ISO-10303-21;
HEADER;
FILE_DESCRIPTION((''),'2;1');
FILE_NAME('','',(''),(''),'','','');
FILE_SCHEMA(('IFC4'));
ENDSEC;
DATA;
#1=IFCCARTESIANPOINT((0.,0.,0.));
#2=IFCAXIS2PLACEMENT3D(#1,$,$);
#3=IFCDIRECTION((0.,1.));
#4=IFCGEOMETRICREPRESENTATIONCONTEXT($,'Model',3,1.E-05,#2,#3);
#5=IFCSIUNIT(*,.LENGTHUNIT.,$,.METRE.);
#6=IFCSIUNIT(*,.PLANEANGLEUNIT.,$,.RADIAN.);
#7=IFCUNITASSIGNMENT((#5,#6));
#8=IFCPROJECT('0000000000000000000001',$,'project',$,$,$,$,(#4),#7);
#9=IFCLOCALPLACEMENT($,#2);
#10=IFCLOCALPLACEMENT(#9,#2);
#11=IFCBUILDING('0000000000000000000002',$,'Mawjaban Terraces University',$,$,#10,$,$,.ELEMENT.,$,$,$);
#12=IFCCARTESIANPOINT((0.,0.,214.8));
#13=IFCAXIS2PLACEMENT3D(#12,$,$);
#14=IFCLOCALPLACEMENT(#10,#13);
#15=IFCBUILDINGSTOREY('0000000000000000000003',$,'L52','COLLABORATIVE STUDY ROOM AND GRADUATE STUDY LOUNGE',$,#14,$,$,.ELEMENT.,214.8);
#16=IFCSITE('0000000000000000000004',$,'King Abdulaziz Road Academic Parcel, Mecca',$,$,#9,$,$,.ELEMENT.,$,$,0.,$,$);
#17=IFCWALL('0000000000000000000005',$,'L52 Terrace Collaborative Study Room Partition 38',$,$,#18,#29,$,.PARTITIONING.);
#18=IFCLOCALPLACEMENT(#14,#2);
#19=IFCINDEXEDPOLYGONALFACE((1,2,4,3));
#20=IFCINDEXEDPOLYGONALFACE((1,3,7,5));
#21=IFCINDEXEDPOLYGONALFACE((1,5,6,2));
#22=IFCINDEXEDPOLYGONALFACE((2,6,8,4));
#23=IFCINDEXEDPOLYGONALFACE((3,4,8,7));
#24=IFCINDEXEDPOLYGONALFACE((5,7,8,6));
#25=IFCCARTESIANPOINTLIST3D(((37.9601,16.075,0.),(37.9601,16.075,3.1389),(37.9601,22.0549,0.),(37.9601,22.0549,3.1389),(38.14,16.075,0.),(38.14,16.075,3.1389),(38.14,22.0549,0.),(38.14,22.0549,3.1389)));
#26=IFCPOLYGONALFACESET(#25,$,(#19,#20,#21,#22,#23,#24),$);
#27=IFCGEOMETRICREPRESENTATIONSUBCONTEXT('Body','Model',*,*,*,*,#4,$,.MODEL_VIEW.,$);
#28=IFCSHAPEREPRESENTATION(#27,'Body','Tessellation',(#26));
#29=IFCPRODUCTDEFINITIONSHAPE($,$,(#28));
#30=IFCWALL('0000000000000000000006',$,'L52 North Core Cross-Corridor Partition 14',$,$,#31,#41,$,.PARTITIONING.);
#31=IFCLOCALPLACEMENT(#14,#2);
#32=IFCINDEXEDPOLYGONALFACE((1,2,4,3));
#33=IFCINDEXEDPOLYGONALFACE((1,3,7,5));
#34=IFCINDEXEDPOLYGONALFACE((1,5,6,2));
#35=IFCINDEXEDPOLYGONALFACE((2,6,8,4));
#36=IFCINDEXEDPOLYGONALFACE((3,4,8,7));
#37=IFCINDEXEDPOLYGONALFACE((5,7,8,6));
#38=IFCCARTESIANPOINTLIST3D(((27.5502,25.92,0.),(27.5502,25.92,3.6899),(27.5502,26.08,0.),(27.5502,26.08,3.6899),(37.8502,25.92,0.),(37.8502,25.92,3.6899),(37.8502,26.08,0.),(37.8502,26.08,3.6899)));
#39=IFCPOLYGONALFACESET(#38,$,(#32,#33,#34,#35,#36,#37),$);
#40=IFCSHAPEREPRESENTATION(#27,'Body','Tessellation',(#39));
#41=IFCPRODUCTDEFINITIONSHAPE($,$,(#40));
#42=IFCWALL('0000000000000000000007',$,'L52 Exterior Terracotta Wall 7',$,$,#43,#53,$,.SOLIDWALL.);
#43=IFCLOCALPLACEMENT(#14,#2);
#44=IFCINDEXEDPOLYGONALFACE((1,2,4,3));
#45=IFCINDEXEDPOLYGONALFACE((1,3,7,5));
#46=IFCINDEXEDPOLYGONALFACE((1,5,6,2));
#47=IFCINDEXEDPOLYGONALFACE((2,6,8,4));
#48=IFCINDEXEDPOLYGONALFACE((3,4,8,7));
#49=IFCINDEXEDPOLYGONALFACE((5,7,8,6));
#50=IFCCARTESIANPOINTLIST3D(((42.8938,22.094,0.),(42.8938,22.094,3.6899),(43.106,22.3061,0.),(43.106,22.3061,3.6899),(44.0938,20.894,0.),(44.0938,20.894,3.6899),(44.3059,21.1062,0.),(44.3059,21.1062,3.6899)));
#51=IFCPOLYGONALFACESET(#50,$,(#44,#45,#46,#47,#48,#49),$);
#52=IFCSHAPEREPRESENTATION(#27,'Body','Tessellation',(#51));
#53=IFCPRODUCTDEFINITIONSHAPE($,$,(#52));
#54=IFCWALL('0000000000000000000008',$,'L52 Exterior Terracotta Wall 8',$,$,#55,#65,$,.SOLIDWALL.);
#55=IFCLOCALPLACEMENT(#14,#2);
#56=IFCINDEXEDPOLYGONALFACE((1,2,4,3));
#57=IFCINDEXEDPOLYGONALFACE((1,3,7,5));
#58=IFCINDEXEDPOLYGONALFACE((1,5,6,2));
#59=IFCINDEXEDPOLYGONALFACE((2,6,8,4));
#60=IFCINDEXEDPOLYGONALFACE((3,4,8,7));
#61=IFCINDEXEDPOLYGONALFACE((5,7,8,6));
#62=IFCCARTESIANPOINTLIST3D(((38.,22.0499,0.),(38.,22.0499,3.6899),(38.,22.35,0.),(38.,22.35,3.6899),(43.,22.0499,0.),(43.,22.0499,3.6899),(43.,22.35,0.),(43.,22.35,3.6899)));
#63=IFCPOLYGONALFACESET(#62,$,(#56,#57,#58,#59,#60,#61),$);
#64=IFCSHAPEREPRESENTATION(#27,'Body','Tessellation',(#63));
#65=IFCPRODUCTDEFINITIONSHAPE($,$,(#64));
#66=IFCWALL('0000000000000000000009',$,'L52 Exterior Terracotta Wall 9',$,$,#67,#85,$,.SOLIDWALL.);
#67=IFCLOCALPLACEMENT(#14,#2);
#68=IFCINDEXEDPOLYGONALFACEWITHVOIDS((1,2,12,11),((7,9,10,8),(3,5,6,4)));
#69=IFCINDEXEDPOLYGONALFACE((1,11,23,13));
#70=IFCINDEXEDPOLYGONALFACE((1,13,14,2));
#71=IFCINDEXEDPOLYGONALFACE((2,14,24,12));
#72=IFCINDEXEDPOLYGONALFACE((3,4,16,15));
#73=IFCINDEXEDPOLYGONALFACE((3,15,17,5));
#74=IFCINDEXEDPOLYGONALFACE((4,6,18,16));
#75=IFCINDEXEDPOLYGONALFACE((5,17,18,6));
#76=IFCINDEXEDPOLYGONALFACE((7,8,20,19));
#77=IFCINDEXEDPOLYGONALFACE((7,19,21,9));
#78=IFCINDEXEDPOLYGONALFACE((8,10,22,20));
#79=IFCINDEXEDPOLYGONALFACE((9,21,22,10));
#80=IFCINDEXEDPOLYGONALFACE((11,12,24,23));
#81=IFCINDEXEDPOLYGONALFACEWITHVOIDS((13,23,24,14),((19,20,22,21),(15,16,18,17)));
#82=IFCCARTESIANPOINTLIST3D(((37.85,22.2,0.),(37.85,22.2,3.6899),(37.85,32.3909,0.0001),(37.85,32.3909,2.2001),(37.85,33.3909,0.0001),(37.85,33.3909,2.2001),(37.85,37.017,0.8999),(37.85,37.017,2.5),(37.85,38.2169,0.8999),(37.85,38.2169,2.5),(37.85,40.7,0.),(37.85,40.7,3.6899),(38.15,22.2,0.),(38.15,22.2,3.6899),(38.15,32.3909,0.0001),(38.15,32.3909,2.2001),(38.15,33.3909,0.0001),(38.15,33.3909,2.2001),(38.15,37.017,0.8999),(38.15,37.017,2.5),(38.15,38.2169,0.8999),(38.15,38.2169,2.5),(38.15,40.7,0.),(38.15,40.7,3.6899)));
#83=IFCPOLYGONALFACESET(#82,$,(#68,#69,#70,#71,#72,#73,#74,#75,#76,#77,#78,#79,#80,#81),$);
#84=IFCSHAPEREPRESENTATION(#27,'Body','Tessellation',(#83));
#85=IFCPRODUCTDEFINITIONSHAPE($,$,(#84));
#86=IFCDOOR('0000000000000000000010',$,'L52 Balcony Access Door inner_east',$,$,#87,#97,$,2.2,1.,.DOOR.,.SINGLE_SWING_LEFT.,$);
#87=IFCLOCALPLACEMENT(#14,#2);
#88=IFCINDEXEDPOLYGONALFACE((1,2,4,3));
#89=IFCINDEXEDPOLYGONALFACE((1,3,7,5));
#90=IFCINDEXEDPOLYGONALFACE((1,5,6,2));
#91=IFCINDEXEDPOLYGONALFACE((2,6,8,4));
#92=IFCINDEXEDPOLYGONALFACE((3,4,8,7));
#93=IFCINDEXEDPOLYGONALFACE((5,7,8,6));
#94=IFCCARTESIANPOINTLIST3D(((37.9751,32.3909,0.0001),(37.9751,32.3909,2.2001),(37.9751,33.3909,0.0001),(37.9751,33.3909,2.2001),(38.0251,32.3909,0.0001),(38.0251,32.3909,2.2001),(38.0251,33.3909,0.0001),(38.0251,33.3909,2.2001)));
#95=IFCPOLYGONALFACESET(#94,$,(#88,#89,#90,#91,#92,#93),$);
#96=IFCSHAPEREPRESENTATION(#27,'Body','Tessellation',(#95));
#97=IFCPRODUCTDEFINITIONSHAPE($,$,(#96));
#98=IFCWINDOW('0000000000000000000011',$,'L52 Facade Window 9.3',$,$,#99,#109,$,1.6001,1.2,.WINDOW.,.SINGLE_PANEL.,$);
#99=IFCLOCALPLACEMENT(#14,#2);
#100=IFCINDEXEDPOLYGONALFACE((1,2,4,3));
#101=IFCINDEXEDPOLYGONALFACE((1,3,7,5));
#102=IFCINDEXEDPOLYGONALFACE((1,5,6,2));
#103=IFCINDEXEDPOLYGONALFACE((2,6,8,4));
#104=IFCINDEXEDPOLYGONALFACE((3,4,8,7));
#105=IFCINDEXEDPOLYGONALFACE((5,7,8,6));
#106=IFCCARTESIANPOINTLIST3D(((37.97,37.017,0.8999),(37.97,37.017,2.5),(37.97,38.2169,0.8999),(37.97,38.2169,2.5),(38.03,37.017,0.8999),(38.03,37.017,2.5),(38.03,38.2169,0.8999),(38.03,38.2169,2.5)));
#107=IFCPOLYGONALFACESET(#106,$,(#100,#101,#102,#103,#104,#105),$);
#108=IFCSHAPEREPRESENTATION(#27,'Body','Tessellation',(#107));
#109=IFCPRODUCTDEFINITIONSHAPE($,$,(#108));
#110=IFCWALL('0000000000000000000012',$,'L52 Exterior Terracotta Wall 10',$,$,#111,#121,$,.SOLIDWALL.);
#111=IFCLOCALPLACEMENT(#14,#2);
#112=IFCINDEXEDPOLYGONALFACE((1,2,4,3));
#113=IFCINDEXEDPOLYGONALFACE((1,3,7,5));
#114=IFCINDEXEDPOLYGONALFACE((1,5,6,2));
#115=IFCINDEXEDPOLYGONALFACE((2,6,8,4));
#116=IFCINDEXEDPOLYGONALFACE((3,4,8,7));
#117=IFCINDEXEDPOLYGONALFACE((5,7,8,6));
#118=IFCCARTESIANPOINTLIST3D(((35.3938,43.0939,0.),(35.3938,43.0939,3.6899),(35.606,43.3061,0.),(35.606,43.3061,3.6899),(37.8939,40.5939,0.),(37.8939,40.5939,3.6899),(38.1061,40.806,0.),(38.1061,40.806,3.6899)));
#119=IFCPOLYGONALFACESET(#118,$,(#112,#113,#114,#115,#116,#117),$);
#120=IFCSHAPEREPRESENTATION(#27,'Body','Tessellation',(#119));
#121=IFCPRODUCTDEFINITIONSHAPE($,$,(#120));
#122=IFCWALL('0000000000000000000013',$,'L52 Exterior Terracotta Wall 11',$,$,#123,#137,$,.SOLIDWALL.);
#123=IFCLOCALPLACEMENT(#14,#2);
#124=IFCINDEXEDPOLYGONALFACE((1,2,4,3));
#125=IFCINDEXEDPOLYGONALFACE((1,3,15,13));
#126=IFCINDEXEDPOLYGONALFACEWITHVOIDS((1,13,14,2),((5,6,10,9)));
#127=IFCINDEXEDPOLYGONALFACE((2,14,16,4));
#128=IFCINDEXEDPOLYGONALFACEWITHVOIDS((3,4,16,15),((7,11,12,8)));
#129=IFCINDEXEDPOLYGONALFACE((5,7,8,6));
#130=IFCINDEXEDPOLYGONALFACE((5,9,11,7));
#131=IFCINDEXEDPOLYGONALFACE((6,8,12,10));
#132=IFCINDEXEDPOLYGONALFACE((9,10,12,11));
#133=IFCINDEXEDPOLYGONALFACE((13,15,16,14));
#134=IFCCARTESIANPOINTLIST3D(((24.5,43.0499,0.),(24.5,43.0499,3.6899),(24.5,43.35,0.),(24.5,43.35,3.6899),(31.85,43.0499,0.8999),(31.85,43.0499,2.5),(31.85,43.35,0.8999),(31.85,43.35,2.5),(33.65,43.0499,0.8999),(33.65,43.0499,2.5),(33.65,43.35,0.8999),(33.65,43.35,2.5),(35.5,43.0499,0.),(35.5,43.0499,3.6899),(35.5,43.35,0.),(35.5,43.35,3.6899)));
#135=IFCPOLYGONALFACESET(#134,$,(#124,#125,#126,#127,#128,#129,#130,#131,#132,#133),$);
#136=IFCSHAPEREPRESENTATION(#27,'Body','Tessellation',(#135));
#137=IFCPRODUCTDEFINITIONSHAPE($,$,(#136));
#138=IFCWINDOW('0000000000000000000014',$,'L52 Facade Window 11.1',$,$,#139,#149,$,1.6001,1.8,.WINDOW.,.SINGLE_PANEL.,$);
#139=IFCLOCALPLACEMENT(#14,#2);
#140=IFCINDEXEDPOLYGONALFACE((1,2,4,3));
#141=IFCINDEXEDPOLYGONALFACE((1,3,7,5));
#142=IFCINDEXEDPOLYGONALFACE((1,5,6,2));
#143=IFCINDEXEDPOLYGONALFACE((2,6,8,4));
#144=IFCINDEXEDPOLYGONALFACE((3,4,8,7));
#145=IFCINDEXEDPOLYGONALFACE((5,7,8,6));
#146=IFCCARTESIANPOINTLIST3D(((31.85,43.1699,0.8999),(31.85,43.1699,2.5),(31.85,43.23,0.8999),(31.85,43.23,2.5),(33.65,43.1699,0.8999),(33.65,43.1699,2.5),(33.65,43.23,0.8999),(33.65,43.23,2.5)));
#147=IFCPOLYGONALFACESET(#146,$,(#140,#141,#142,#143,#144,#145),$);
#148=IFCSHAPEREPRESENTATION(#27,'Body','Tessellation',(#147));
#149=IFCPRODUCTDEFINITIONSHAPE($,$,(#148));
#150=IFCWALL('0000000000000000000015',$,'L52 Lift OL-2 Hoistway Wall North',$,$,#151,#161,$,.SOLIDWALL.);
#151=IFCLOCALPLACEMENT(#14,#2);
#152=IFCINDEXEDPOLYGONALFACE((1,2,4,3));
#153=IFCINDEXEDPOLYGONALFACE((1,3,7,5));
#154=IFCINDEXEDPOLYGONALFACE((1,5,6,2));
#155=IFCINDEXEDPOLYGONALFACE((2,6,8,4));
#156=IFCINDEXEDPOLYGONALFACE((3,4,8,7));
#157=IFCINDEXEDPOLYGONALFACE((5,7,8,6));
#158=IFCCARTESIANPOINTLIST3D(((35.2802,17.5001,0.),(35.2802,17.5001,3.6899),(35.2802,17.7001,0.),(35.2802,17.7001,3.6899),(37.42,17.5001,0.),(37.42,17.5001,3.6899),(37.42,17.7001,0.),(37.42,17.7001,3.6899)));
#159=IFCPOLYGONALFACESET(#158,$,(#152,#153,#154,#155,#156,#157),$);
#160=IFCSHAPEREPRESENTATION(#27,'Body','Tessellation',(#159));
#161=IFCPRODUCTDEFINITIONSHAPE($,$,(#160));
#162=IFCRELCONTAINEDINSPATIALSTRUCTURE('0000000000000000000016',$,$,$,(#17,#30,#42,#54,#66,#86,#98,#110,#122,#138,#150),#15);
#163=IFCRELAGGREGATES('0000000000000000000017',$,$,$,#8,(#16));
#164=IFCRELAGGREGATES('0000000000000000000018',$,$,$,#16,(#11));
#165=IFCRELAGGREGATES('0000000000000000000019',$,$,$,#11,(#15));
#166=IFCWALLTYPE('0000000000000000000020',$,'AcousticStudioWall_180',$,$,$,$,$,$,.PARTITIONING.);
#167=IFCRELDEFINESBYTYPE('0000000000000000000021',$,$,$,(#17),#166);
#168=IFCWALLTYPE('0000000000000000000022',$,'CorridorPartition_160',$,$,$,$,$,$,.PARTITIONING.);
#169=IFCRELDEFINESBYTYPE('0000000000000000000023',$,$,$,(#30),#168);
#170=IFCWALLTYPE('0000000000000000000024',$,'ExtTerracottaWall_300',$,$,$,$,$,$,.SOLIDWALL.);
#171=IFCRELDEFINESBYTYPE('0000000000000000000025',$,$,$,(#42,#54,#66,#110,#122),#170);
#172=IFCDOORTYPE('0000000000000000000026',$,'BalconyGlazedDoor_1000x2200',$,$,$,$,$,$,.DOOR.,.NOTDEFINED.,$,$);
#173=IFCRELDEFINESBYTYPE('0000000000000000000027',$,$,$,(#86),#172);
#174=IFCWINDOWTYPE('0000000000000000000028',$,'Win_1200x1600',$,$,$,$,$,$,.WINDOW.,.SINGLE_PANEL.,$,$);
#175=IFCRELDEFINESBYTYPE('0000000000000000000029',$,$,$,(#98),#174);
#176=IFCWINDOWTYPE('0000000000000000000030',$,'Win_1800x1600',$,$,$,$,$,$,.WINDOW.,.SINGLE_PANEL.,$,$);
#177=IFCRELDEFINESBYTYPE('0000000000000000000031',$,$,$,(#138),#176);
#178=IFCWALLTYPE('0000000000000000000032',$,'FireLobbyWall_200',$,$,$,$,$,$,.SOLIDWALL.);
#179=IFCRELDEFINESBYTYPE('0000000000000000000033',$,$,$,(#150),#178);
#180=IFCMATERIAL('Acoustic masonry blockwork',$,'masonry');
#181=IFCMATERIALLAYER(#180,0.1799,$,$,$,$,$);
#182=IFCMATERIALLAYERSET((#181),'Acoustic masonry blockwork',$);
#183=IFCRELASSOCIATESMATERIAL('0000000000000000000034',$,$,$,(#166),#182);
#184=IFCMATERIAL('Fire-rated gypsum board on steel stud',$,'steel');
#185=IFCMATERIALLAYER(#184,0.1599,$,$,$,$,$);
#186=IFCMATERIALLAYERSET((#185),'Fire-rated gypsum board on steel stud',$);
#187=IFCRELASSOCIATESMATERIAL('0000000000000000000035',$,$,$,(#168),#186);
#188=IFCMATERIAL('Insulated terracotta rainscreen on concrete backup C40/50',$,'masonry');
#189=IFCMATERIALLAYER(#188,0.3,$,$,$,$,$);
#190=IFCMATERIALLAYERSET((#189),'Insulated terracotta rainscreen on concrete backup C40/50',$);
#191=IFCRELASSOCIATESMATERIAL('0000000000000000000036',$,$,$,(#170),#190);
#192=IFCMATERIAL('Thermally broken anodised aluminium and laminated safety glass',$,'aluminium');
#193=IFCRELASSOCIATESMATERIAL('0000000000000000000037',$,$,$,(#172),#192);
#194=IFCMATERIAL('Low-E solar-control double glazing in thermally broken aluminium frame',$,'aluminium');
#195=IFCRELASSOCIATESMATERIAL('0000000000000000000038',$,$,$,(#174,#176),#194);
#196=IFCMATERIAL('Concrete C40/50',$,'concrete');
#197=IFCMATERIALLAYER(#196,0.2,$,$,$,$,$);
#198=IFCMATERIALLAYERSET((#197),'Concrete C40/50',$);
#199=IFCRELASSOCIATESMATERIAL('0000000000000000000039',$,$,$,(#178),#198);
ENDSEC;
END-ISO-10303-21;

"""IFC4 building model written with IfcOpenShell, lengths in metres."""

from ifc_helpers import new_model, si_unit, direction, frame, frame_2d, origin, place, context, subcontext, project, spatial, rectangle, extrude, material, layer, layer_set, type_object, element, fill, save


model = new_model("IFC4")

# Units and contexts
model_context = context("Model", 3, precision=1e-05, world=origin(), true_north=direction((0.0, 1.0)))
body_context = subcontext(model_context, "Body", "Model", "MODEL_VIEW")
ifc_project = project(units=[si_unit("LENGTHUNIT", "METRE"), si_unit("PLANEANGLEUNIT", "RADIAN")], contexts=[model_context])

# Site, building, storey
site_placement = place(None, origin())
site = spatial("IfcSite", under=ifc_project, at=site_placement, Name="King Abdulaziz Road Academic Parcel, Mecca", CompositionType="ELEMENT", RefElevation=0.0)
building_placement = place(site_placement, origin())
building = spatial("IfcBuilding", under=site, at=building_placement, Name="Mawjaban Terraces University", CompositionType="ELEMENT")
storey_placement = place(building_placement, frame((0.0, 0.0, 214.8)))
storey = spatial("IfcBuildingStorey", under=building, at=storey_placement, Name="L52", Description="COLLABORATIVE STUDY ROOM AND GRADUATE STUDY LOUNGE", CompositionType="ELEMENT", Elevation=214.8)

# Walls
ifc_material_1 = material(Name="Acoustic masonry blockwork", Category="masonry")
ifc_layer_1 = layer(ifc_material_1, 0.1799)
ifc_layer_set_1 = layer_set([ifc_layer_1], Name="Acoustic masonry blockwork")
wall_type_1 = type_object("IfcWallType", Name="AcousticStudioWall_180", PredefinedType="PARTITIONING", material=ifc_layer_set_1)
wall_1_placement = place(storey_placement, frame((38.05, 22.0549, 0.0), z_axis=(0.0, 0.0, 1.0), x_axis=(0.0, -1.0, 0.0)))
element("IfcWall", 1, at=wall_1_placement, inside=storey, type_object=wall_type_1, Name="L52 Terrace Collaborative Study Room Partition 38", PredefinedType="PARTITIONING", context=body_context, shape_type="SweptSolid", body=[
    extrude(rectangle(XDim=5.98, YDim=0.1799, at=frame_2d((2.99, 0.0))), origin(), (0.0, 0.0, 1.0), 3.1389),
])
ifc_material_2 = material(Name="Fire-rated gypsum board on steel stud", Category="steel")
ifc_layer_2 = layer(ifc_material_2, 0.1599)
ifc_layer_set_2 = layer_set([ifc_layer_2], Name="Fire-rated gypsum board on steel stud")
wall_type_2 = type_object("IfcWallType", Name="CorridorPartition_160", PredefinedType="PARTITIONING", material=ifc_layer_set_2)
wall_2_placement = place(storey_placement, frame((37.8501, 26.0, 0.0), z_axis=(0.0, 0.0, 1.0), x_axis=(-1.0, 0.0, 0.0)))
element("IfcWall", 2, at=wall_2_placement, inside=storey, type_object=wall_type_2, Name="L52 North Core Cross-Corridor Partition 14", PredefinedType="PARTITIONING", context=body_context, shape_type="SweptSolid", body=[
    extrude(rectangle(XDim=10.3, YDim=0.1599, at=frame_2d((5.1499, 0.0))), origin(), (0.0, 0.0, 1.0), 3.6899),
])
ifc_material_3 = material(Name="Insulated terracotta rainscreen on concrete backup C40/50", Category="masonry")
ifc_layer_3 = layer(ifc_material_3, 0.3)
ifc_layer_set_3 = layer_set([ifc_layer_3], Name="Insulated terracotta rainscreen on concrete backup C40/50")
wall_type_3 = type_object("IfcWallType", Name="ExtTerracottaWall_300", PredefinedType="SOLIDWALL", material=ifc_layer_set_3)
wall_3_placement = place(storey_placement, frame((44.2, 21.0, 0.0), z_axis=(0.0, 0.0, 1.0), x_axis=(-0.707107, 0.707107, 0.0)))
element("IfcWall", 3, at=wall_3_placement, inside=storey, type_object=wall_type_3, Name="L52 Exterior Terracotta Wall 7", PredefinedType="SOLIDWALL", context=body_context, shape_type="SweptSolid", body=[
    extrude(rectangle(XDim=1.697, YDim=0.3, at=frame_2d((0.8486, 0.0))), origin(), (0.0, 0.0, 1.0), 3.6899),
])
wall_4_placement = place(storey_placement, frame((43.0, 22.2, 0.0), z_axis=(0.0, 0.0, 1.0), x_axis=(-1.0, 0.0, 0.0)))
element("IfcWall", 4, at=wall_4_placement, inside=storey, type_object=wall_type_3, Name="L52 Exterior Terracotta Wall 8", PredefinedType="SOLIDWALL", context=body_context, shape_type="SweptSolid", body=[
    extrude(rectangle(XDim=5.0, YDim=0.3, at=frame_2d((2.5, 0.0))), origin(), (0.0, 0.0, 1.0), 3.6899),
])

# Wall, openings, door, window
wall_5_placement = place(storey_placement, frame((38.0, 22.2, 0.0), z_axis=(0.0, 0.0, 1.0), x_axis=(0.0, 1.0, 0.0)))
wall_5 = element("IfcWall", 5, at=wall_5_placement, inside=storey, type_object=wall_type_3, Name="L52 Exterior Terracotta Wall 9", PredefinedType="SOLIDWALL", context=body_context, shape_type="SweptSolid", body=[
    extrude(rectangle(XDim=18.5, YDim=0.3, at=frame_2d((9.25, 0.0))), origin(), (0.0, 0.0, 1.0), 3.6899),
])
opening_1_placement = place(wall_5_placement, frame((10.1909, 0.0, 0.0)))
opening_1 = element("IfcOpeningElement", 6, at=opening_1_placement, cuts=wall_5, PredefinedType="OPENING", context=body_context, shape_type="SweptSolid", body=[
    extrude(rectangle(XDim=1.0, YDim=2.2, at=frame_2d((0.5, 1.1001))), frame((0.0, 0.1599, 0.0), z_axis=(0.0, -1.0, 0.0), x_axis=(1.0, 0.0, 0.0)), (0.0, 0.0, 1.0), 0.3201),
])
opening_2_placement = place(wall_5_placement, frame((14.8169, 0.0, 0.8999)))
opening_2 = element("IfcOpeningElement", 7, at=opening_2_placement, cuts=wall_5, PredefinedType="OPENING", context=body_context, shape_type="SweptSolid", body=[
    extrude(rectangle(XDim=1.2, YDim=1.6001, at=frame_2d((0.6001, 0.8))), frame((0.0, 0.1599, 0.0), z_axis=(0.0, -1.0, 0.0), x_axis=(1.0, 0.0, 0.0)), (0.0, 0.0, 1.0), 0.3201),
])
ifc_material_4 = material(Name="Thermally broken anodised aluminium and laminated safety glass", Category="aluminium")
door_type = type_object("IfcDoorType", Name="BalconyGlazedDoor_1000x2200", OperationType="NOTDEFINED", PredefinedType="DOOR", material=ifc_material_4)
door_placement = place(opening_1_placement, origin())
door = element("IfcDoor", 8, at=door_placement, inside=storey, type_object=door_type, Name="L52 Balcony Access Door inner_east", OperationType="SINGLE_SWING_LEFT", OverallHeight=2.2, OverallWidth=1.0, PredefinedType="DOOR", context=body_context, shape_type="SweptSolid", body=[
    extrude(rectangle(XDim=1.0, YDim=2.2, at=frame_2d((0.5, 1.1001))), frame((0.0, 0.0249, 0.0), z_axis=(0.0, -1.0, 0.0), x_axis=(1.0, 0.0, 0.0)), (0.0, 0.0, 1.0), 0.05),
])
fill(opening_1, door)
ifc_material_5 = material(Name="Low-E solar-control double glazing in thermally broken aluminium frame", Category="aluminium")
window_type_1 = type_object("IfcWindowType", Name="Win_1200x1600", PartitioningType="SINGLE_PANEL", PredefinedType="WINDOW", material=ifc_material_5)
window_1_placement = place(opening_2_placement, origin())
window_1 = element("IfcWindow", 9, at=window_1_placement, inside=storey, type_object=window_type_1, Name="L52 Facade Window 9.3", OverallHeight=1.6001, OverallWidth=1.2, PartitioningType="SINGLE_PANEL", PredefinedType="WINDOW", context=body_context, shape_type="SweptSolid", body=[
    extrude(rectangle(XDim=1.2, YDim=1.6001, at=frame_2d((0.6001, 0.8))), frame((0.0, 0.03, 0.0), z_axis=(0.0, -1.0, 0.0), x_axis=(1.0, 0.0, 0.0)), (0.0, 0.0, 1.0), 0.0601),
])
fill(opening_2, window_1)

# Wall
wall_6_placement = place(storey_placement, frame((38.0, 40.7, 0.0), z_axis=(0.0, 0.0, 1.0), x_axis=(-0.707107, 0.707107, 0.0)))
element("IfcWall", 10, at=wall_6_placement, inside=storey, type_object=wall_type_3, Name="L52 Exterior Terracotta Wall 10", PredefinedType="SOLIDWALL", context=body_context, shape_type="SweptSolid", body=[
    extrude(rectangle(XDim=3.5356, YDim=0.3, at=frame_2d((1.7678, 0.0))), origin(), (0.0, 0.0, 1.0), 3.6899),
])

# Wall, opening, window
wall_7_placement = place(storey_placement, frame((35.5, 43.2, 0.0), z_axis=(0.0, 0.0, 1.0), x_axis=(-1.0, 0.0, 0.0)))
wall_7 = element("IfcWall", 11, at=wall_7_placement, inside=storey, type_object=wall_type_3, Name="L52 Exterior Terracotta Wall 11", PredefinedType="SOLIDWALL", context=body_context, shape_type="SweptSolid", body=[
    extrude(rectangle(XDim=11.0, YDim=0.3, at=frame_2d((5.5, 0.0))), origin(), (0.0, 0.0, 1.0), 3.6899),
])
opening_3_placement = place(wall_7_placement, frame((1.8501, 0.0, 0.8999)))
opening_3 = element("IfcOpeningElement", 12, at=opening_3_placement, cuts=wall_7, PredefinedType="OPENING", context=body_context, shape_type="SweptSolid", body=[
    extrude(rectangle(XDim=1.8, YDim=1.6001, at=frame_2d((0.8999, 0.8))), frame((0.0, 0.1599, 0.0), z_axis=(0.0, -1.0, 0.0), x_axis=(1.0, 0.0, 0.0)), (0.0, 0.0, 1.0), 0.3201),
])
window_type_2 = type_object("IfcWindowType", Name="Win_1800x1600", PartitioningType="SINGLE_PANEL", PredefinedType="WINDOW", material=ifc_material_5)
window_2_placement = place(opening_3_placement, origin())
window_2 = element("IfcWindow", 13, at=window_2_placement, inside=storey, type_object=window_type_2, Name="L52 Facade Window 11.1", OverallHeight=1.6001, OverallWidth=1.8, PartitioningType="SINGLE_PANEL", PredefinedType="WINDOW", context=body_context, shape_type="SweptSolid", body=[
    extrude(rectangle(XDim=1.8, YDim=1.6001, at=frame_2d((0.8999, 0.8))), frame((0.0, 0.03, 0.0), z_axis=(0.0, -1.0, 0.0), x_axis=(1.0, 0.0, 0.0)), (0.0, 0.0, 1.0), 0.0601),
])
fill(opening_3, window_2)

# Wall
ifc_material_6 = material(Name="Concrete C40/50", Category="concrete")
ifc_layer_4 = layer(ifc_material_6, 0.2)
ifc_layer_set_4 = layer_set([ifc_layer_4], Name="Concrete C40/50")
wall_type_4 = type_object("IfcWallType", Name="FireLobbyWall_200", PredefinedType="SOLIDWALL", material=ifc_layer_set_4)
wall_8_placement = place(storey_placement, frame((37.4199, 17.6001, 0.0), z_axis=(0.0, 0.0, 1.0), x_axis=(-1.0, 0.0, 0.0)))
element("IfcWall", 14, at=wall_8_placement, inside=storey, type_object=wall_type_4, Name="L52 Lift OL-2 Hoistway Wall North", PredefinedType="SOLIDWALL", context=body_context, shape_type="SweptSolid", body=[
    extrude(rectangle(XDim=2.1399, YDim=0.2, at=frame_2d((1.0698, 0.0))), origin(), (0.0, 0.0, 1.0), 3.6899),
])

save(model, "model.ifc")
